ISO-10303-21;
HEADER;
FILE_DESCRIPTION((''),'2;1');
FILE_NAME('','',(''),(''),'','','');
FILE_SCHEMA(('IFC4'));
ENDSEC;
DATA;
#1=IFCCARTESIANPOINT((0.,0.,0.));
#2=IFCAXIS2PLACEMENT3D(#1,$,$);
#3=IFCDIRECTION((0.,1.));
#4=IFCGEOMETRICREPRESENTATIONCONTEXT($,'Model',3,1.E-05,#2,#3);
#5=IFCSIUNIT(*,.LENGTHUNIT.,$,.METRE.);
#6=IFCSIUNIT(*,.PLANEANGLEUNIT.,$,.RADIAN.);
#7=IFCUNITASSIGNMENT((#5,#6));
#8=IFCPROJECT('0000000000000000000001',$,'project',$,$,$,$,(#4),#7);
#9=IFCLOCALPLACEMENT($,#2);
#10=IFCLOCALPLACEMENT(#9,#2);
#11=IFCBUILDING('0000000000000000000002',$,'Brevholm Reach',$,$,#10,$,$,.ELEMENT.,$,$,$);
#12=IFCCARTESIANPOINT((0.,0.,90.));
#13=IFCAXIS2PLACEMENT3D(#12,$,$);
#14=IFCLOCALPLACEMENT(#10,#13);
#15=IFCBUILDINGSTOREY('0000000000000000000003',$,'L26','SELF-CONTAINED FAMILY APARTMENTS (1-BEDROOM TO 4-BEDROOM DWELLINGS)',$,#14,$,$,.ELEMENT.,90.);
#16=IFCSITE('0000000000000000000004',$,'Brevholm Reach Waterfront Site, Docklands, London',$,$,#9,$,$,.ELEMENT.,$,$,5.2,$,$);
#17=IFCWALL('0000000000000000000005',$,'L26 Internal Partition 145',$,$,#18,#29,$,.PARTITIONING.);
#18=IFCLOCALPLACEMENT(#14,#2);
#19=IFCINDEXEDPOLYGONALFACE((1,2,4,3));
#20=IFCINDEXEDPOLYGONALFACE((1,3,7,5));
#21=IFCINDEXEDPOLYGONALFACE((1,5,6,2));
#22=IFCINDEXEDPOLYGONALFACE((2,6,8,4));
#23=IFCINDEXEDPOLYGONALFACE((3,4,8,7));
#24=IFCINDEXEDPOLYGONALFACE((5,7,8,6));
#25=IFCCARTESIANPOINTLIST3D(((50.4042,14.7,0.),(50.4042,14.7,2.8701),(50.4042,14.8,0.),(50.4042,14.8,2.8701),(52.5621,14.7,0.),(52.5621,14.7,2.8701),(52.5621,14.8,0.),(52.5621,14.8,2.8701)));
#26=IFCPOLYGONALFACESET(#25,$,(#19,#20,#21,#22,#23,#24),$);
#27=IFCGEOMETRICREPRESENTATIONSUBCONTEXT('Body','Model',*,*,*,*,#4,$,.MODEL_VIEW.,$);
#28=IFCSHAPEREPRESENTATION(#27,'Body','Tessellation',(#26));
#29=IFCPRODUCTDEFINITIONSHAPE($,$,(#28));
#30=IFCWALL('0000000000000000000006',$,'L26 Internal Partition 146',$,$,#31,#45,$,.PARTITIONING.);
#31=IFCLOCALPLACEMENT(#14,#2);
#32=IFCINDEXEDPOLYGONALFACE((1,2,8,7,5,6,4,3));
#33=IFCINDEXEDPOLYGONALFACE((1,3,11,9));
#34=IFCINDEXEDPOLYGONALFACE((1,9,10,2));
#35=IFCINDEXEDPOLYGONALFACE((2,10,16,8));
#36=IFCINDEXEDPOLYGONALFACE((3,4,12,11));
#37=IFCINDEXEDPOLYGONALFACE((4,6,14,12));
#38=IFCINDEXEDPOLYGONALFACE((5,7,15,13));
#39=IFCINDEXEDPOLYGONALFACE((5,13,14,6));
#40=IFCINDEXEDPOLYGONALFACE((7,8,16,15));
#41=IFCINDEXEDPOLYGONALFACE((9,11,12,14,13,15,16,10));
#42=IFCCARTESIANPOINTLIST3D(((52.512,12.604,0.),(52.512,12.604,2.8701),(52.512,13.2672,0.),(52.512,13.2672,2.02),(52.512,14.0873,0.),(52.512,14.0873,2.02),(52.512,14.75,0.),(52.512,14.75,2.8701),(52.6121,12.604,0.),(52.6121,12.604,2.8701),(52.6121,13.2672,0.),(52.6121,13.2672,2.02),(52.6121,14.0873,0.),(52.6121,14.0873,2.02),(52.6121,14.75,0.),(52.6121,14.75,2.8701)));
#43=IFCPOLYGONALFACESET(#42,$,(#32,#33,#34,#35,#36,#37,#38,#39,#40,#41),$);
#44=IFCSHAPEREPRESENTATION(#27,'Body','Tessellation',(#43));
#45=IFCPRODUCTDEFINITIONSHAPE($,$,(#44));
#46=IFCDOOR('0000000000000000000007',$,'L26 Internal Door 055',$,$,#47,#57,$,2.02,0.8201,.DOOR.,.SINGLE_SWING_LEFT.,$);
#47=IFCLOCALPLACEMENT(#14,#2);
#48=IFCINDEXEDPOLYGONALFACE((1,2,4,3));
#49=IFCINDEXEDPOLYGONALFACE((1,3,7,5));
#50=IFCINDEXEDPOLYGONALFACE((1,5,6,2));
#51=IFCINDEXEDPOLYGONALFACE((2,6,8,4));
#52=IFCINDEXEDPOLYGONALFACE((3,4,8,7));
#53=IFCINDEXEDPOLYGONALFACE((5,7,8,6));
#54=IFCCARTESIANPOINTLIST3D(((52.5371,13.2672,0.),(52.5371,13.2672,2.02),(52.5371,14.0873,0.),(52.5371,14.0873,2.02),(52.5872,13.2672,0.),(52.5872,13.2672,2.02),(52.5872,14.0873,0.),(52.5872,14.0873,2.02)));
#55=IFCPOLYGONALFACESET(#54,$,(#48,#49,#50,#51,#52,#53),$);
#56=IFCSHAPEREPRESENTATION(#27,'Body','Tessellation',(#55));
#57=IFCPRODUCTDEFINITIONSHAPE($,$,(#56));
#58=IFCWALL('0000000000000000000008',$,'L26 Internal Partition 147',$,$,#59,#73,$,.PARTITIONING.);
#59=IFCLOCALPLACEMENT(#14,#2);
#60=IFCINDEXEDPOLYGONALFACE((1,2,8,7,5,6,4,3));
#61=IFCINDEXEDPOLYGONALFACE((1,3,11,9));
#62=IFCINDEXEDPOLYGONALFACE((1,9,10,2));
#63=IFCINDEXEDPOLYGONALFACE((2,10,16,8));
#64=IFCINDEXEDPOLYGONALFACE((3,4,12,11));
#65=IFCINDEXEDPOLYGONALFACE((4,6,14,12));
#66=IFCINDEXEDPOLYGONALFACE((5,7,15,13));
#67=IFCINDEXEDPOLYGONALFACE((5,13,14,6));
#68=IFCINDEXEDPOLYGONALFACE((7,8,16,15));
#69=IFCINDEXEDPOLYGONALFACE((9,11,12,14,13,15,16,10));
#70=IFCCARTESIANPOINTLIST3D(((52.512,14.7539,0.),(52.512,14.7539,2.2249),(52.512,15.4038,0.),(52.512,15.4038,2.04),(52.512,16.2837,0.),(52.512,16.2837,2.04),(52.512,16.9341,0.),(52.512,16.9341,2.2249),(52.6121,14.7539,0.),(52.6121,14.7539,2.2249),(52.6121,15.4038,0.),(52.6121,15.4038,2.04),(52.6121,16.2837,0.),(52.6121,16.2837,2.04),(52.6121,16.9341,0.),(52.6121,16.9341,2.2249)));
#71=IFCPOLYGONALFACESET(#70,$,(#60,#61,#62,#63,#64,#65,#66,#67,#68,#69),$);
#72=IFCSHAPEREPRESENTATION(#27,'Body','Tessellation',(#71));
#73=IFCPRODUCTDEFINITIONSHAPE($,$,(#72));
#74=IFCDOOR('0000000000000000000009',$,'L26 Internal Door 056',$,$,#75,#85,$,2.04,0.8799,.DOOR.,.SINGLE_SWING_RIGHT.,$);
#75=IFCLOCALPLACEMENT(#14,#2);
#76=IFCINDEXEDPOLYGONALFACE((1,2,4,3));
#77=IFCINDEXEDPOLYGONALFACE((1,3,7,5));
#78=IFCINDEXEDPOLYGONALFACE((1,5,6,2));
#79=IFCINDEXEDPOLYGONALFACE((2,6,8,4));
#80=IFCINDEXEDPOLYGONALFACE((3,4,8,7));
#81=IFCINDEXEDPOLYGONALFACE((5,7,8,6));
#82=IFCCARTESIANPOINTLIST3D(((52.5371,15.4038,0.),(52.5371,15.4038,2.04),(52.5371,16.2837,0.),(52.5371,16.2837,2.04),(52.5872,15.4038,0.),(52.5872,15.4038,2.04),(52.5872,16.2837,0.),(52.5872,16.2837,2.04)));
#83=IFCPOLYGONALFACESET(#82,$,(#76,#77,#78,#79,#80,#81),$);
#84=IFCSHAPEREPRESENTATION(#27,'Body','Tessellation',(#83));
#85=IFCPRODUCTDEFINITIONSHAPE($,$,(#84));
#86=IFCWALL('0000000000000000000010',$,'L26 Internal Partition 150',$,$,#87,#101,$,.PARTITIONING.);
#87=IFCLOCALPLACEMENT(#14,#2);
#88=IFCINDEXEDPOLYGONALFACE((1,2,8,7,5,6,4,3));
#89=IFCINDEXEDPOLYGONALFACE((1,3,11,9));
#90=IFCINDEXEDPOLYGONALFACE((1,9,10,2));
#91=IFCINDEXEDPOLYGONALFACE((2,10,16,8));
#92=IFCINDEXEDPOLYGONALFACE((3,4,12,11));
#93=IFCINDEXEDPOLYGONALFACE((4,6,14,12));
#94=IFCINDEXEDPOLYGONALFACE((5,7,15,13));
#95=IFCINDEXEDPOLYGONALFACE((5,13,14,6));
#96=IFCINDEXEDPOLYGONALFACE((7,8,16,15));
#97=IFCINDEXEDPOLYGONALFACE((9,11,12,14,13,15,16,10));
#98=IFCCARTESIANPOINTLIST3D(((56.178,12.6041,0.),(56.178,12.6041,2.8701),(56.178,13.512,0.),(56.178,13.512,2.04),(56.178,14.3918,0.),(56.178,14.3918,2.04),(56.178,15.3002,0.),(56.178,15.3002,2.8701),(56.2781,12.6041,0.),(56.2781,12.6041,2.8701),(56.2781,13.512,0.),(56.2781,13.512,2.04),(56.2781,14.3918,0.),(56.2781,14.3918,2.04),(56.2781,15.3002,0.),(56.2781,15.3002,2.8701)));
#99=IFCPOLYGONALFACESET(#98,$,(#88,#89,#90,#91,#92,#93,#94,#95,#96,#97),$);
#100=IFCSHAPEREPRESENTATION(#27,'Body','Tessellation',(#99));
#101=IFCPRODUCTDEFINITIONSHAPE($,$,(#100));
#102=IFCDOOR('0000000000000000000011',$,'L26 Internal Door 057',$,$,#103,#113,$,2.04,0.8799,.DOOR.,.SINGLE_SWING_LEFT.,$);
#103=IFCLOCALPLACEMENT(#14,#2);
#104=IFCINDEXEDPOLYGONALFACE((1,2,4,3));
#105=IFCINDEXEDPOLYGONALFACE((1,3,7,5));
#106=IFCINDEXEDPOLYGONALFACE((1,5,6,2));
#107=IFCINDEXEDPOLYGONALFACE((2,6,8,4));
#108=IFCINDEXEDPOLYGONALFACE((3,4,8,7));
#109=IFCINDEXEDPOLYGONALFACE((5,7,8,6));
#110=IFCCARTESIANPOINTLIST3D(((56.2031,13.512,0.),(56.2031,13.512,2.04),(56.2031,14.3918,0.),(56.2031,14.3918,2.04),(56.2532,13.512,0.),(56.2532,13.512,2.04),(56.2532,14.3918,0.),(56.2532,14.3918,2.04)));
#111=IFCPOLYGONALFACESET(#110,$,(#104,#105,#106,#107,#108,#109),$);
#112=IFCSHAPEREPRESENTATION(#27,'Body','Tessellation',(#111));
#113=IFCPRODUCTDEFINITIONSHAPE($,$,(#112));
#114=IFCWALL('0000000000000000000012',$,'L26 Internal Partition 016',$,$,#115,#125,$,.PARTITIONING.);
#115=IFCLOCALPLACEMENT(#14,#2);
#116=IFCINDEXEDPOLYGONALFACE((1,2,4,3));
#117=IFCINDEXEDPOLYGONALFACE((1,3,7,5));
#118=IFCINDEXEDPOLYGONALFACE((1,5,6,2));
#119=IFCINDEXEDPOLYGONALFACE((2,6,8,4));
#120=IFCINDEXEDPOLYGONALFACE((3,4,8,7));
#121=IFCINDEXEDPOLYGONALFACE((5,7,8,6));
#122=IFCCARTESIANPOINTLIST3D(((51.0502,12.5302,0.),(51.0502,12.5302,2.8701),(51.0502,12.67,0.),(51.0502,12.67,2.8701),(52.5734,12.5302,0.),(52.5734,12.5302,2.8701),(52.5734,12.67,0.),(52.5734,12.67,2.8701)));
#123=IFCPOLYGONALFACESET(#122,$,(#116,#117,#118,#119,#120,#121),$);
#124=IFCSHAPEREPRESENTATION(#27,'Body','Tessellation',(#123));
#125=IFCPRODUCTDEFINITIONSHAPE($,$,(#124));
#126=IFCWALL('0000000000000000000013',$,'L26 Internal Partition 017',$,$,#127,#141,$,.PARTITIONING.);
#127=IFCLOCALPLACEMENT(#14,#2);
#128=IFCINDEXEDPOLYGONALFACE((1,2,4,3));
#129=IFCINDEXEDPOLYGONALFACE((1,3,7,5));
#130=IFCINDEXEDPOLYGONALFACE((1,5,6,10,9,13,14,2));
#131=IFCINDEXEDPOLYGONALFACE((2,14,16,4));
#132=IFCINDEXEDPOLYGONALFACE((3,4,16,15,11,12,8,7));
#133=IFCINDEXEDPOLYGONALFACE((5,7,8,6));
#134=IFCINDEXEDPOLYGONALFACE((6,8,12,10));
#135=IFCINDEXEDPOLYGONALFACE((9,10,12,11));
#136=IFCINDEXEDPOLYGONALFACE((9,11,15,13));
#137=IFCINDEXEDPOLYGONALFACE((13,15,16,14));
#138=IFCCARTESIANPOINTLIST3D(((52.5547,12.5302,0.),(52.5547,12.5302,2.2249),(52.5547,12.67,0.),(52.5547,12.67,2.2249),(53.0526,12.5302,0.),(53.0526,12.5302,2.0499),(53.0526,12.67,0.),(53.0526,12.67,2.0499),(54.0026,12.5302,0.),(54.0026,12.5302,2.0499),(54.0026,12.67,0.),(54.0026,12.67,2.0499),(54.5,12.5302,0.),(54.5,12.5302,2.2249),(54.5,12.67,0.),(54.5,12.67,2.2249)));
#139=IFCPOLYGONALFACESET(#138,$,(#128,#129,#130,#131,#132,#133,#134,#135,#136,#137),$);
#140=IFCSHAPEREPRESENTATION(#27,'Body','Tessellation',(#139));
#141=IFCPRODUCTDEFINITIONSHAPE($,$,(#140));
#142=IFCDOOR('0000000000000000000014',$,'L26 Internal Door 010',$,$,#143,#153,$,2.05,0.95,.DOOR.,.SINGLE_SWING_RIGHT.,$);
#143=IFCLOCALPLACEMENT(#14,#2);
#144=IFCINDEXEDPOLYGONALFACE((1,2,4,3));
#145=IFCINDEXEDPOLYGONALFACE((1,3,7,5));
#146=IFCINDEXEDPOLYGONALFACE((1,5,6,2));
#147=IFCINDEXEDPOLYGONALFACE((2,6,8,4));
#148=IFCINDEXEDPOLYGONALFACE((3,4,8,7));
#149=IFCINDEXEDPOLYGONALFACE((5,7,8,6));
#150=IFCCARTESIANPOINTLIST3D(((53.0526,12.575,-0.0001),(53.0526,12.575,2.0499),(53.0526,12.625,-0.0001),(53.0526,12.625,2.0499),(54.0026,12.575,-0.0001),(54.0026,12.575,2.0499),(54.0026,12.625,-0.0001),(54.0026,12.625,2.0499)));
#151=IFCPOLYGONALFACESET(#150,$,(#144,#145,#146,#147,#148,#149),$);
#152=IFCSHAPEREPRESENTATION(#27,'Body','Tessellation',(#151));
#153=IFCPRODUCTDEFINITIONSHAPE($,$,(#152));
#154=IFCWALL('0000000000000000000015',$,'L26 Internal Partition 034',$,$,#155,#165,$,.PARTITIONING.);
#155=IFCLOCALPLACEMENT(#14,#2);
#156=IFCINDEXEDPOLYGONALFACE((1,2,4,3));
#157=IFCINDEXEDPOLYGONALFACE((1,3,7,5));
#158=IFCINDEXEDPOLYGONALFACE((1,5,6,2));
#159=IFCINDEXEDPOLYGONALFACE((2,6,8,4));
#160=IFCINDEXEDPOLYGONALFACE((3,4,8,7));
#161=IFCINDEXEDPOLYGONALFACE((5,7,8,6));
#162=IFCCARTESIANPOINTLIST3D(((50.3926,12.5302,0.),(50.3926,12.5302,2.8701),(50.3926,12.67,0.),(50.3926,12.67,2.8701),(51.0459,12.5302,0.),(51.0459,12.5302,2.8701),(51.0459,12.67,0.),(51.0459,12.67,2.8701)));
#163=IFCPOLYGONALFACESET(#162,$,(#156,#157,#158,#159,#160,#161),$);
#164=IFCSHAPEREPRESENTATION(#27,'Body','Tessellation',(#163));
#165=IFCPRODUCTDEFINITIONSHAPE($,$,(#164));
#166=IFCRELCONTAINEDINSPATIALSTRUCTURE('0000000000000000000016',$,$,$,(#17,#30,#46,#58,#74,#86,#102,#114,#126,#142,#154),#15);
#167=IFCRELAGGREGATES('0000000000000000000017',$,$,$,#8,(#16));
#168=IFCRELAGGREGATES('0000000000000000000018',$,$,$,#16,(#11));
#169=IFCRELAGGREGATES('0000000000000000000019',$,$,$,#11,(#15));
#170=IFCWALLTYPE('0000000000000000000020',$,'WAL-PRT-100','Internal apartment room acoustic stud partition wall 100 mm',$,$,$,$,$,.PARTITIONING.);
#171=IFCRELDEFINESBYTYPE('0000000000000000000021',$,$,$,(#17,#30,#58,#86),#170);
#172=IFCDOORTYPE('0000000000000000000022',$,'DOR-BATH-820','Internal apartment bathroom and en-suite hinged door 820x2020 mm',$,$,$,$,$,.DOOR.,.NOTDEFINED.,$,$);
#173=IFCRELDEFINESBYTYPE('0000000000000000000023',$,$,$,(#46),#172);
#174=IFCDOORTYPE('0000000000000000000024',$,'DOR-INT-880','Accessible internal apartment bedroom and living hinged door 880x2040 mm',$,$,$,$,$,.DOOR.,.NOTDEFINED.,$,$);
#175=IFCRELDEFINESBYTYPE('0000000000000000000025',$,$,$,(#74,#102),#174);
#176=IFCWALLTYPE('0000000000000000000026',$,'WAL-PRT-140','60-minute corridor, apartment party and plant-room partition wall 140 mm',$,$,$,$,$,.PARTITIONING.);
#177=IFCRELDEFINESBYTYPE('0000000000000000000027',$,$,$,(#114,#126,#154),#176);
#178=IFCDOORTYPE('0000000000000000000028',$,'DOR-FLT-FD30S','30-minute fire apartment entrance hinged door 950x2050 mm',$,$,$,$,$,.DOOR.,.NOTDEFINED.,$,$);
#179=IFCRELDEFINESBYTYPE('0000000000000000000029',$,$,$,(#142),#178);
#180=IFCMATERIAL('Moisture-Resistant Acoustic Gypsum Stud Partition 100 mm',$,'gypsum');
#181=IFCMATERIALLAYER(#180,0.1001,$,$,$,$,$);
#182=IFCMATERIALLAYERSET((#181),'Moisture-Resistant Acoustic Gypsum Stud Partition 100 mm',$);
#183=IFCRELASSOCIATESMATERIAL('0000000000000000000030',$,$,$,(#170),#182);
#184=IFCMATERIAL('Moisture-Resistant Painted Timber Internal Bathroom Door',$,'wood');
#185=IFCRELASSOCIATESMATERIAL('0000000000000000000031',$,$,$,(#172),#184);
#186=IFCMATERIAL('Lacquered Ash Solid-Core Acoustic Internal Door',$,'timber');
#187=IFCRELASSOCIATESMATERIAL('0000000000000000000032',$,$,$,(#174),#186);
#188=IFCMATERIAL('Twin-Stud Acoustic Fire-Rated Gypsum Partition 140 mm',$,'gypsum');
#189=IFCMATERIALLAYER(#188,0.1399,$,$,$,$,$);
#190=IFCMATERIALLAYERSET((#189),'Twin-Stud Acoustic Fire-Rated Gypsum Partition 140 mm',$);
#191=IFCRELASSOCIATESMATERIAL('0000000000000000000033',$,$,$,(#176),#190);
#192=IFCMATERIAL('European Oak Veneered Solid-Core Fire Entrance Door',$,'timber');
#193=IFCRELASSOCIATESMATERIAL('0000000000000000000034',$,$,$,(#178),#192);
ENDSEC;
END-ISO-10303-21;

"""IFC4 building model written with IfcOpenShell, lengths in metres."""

from ifc_helpers import new_model, si_unit, direction, frame, frame_2d, origin, place, context, subcontext, project, spatial, rectangle, extrude, material, layer, layer_set, type_object, element, fill, save


model = new_model("IFC4")

# Units and contexts
model_context = context("Model", 3, precision=1e-05, world=origin(), true_north=direction((0.0, 1.0)))
body_context = subcontext(model_context, "Body", "Model", "MODEL_VIEW")
ifc_project = project(units=[si_unit("LENGTHUNIT", "METRE"), si_unit("PLANEANGLEUNIT", "RADIAN")], contexts=[model_context])

# Site, building, storey
site_placement = place(None, origin())
site = spatial("IfcSite", under=ifc_project, at=site_placement, Name="Brevholm Reach Waterfront Site, Docklands, London", CompositionType="ELEMENT", RefElevation=5.2)
building_placement = place(site_placement, origin())
building = spatial("IfcBuilding", under=site, at=building_placement, Name="Brevholm Reach", CompositionType="ELEMENT")
storey_placement = place(building_placement, frame((0.0, 0.0, 90.0)))
storey = spatial("IfcBuildingStorey", under=building, at=storey_placement, Name="L26", Description="SELF-CONTAINED FAMILY APARTMENTS (1-BEDROOM TO 4-BEDROOM DWELLINGS)", CompositionType="ELEMENT", Elevation=90.0)

# Wall
ifc_material_1 = material(Name="Moisture-Resistant Acoustic Gypsum Stud Partition 100 mm", Category="gypsum")
ifc_layer_1 = layer(ifc_material_1, 0.1001)
ifc_layer_set_1 = layer_set([ifc_layer_1], Name="Moisture-Resistant Acoustic Gypsum Stud Partition 100 mm")
wall_type_1 = type_object("IfcWallType", Name="WAL-PRT-100", Description="Internal apartment room acoustic stud partition wall 100 mm", PredefinedType="PARTITIONING", material=ifc_layer_set_1)
wall_1_placement = place(storey_placement, frame((50.4041, 14.75, 0.0), z_axis=(0.0, 0.0, 1.0), x_axis=(1.0, 0.0, 0.0)))
element("IfcWall", 1, at=wall_1_placement, inside=storey, type_object=wall_type_1, Name="L26 Internal Partition 145", PredefinedType="PARTITIONING", context=body_context, shape_type="SweptSolid", body=[
    extrude(rectangle(XDim=2.158, YDim=0.1001, at=frame_2d((1.0791, 0.0))), origin(), (0.0, 0.0, 1.0), 2.8701),
])

# Walls, openings, doors
wall_2_placement = place(storey_placement, frame((52.562, 12.604, 0.0), z_axis=(0.0, 0.0, 1.0), x_axis=(0.0, 1.0, 0.0)))
wall_2 = element("IfcWall", 2, at=wall_2_placement, inside=storey, type_object=wall_type_1, Name="L26 Internal Partition 146", PredefinedType="PARTITIONING", context=body_context, shape_type="SweptSolid", body=[
    extrude(rectangle(XDim=2.146, YDim=0.1001, at=frame_2d((1.073, 0.0))), origin(), (0.0, 0.0, 1.0), 2.8701),
])
opening_1_placement = place(wall_2_placement, frame((0.6631, 0.0, 0.0)))
opening_1 = element("IfcOpeningElement", 3, at=opening_1_placement, cuts=wall_2, PredefinedType="OPENING", context=body_context, shape_type="SweptSolid", body=[
    extrude(rectangle(XDim=0.8201, YDim=2.02, at=frame_2d((0.4102, 1.01))), frame((0.0, 0.0601, 0.0), z_axis=(0.0, -1.0, 0.0), x_axis=(1.0, 0.0, 0.0)), (0.0, 0.0, 1.0), 0.1201),
])
ifc_material_2 = material(Name="Moisture-Resistant Painted Timber Internal Bathroom Door", Category="wood")
door_type_1 = type_object("IfcDoorType", Name="DOR-BATH-820", Description="Internal apartment bathroom and en-suite hinged door 820x2020 mm", OperationType="NOTDEFINED", PredefinedType="DOOR", material=ifc_material_2)
door_1_placement = place(opening_1_placement, origin())
door_1 = element("IfcDoor", 4, at=door_1_placement, inside=storey, type_object=door_type_1, Name="L26 Internal Door 055", OperationType="SINGLE_SWING_LEFT", OverallHeight=2.02, OverallWidth=0.8201, PredefinedType="DOOR", context=body_context, shape_type="SweptSolid", body=[
    extrude(rectangle(XDim=0.8201, YDim=2.02, at=frame_2d((0.4102, 1.01))), frame((0.0, 0.0249, 0.0), z_axis=(0.0, -1.0, 0.0), x_axis=(1.0, 0.0, 0.0)), (0.0, 0.0, 1.0), 0.05),
])
fill(opening_1, door_1)
wall_3_placement = place(storey_placement, frame((52.562, 14.7539, 0.0), z_axis=(0.0, 0.0, 1.0), x_axis=(0.0, 1.0, 0.0)))
wall_3 = element("IfcWall", 5, at=wall_3_placement, inside=storey, type_object=wall_type_1, Name="L26 Internal Partition 147", PredefinedType="PARTITIONING", context=body_context, shape_type="SweptSolid", body=[
    extrude(rectangle(XDim=2.1802, YDim=0.1001, at=frame_2d((1.0901, 0.0))), origin(), (0.0, 0.0, 1.0), 2.2249),
])
opening_2_placement = place(wall_3_placement, frame((0.6499, 0.0, 0.0)))
opening_2 = element("IfcOpeningElement", 6, at=opening_2_placement, cuts=wall_3, PredefinedType="OPENING", context=body_context, shape_type="SweptSolid", body=[
    extrude(rectangle(XDim=0.8799, YDim=2.04, at=frame_2d((0.4399, 1.02))), frame((0.0, 0.0601, 0.0), z_axis=(0.0, -1.0, 0.0), x_axis=(1.0, 0.0, 0.0)), (0.0, 0.0, 1.0), 0.1201),
])
ifc_material_3 = material(Name="Lacquered Ash Solid-Core Acoustic Internal Door", Category="timber")
door_type_2 = type_object("IfcDoorType", Name="DOR-INT-880", Description="Accessible internal apartment bedroom and living hinged door 880x2040 mm", OperationType="NOTDEFINED", PredefinedType="DOOR", material=ifc_material_3)
door_2_placement = place(opening_2_placement, origin())
door_2 = element("IfcDoor", 7, at=door_2_placement, inside=storey, type_object=door_type_2, Name="L26 Internal Door 056", OperationType="SINGLE_SWING_RIGHT", OverallHeight=2.04, OverallWidth=0.8799, PredefinedType="DOOR", context=body_context, shape_type="SweptSolid", body=[
    extrude(rectangle(XDim=0.8799, YDim=2.04, at=frame_2d((0.4399, 1.02))), frame((0.0, 0.0249, 0.0), z_axis=(0.0, -1.0, 0.0), x_axis=(1.0, 0.0, 0.0)), (0.0, 0.0, 1.0), 0.05),
])
fill(opening_2, door_2)
wall_4_placement = place(storey_placement, frame((56.228, 12.604, 0.0), z_axis=(0.0, 0.0, 1.0), x_axis=(0.0, 1.0, 0.0)))
wall_4 = element("IfcWall", 8, at=wall_4_placement, inside=storey, type_object=wall_type_1, Name="L26 Internal Partition 150", PredefinedType="PARTITIONING", context=body_context, shape_type="SweptSolid", body=[
    extrude(rectangle(XDim=2.696, YDim=0.1001, at=frame_2d((1.3481, 0.0))), origin(), (0.0, 0.0, 1.0), 2.8701),
])
opening_3_placement = place(wall_4_placement, frame((0.908, 0.0, 0.0)))
opening_3 = element("IfcOpeningElement", 9, at=opening_3_placement, cuts=wall_4, PredefinedType="OPENING", context=body_context, shape_type="SweptSolid", body=[
    extrude(rectangle(XDim=0.8799, YDim=2.04, at=frame_2d((0.4399, 1.02))), frame((0.0, 0.0601, 0.0), z_axis=(0.0, -1.0, 0.0), x_axis=(1.0, 0.0, 0.0)), (0.0, 0.0, 1.0), 0.1201),
])
door_3_placement = place(opening_3_placement, origin())
door_3 = element("IfcDoor", 10, at=door_3_placement, inside=storey, type_object=door_type_2, Name="L26 Internal Door 057", OperationType="SINGLE_SWING_LEFT", OverallHeight=2.04, OverallWidth=0.8799, PredefinedType="DOOR", context=body_context, shape_type="SweptSolid", body=[
    extrude(rectangle(XDim=0.8799, YDim=2.04, at=frame_2d((0.4399, 1.02))), frame((0.0, 0.0249, 0.0), z_axis=(0.0, -1.0, 0.0), x_axis=(1.0, 0.0, 0.0)), (0.0, 0.0, 1.0), 0.05),
])
fill(opening_3, door_3)

# Wall
ifc_material_4 = material(Name="Twin-Stud Acoustic Fire-Rated Gypsum Partition 140 mm", Category="gypsum")
ifc_layer_2 = layer(ifc_material_4, 0.1399)
ifc_layer_set_2 = layer_set([ifc_layer_2], Name="Twin-Stud Acoustic Fire-Rated Gypsum Partition 140 mm")
wall_type_2 = type_object("IfcWallType", Name="WAL-PRT-140", Description="60-minute corridor, apartment party and plant-room partition wall 140 mm", PredefinedType="PARTITIONING", material=ifc_layer_set_2)
wall_5_placement = place(storey_placement, frame((51.05, 12.6001, 0.0), z_axis=(0.0, 0.0, 1.0), x_axis=(1.0, 0.0, 0.0)))
element("IfcWall", 11, at=wall_5_placement, inside=storey, type_object=wall_type_2, Name="L26 Internal Partition 016", PredefinedType="PARTITIONING", context=body_context, shape_type="SweptSolid", body=[
    extrude(rectangle(XDim=1.5232, YDim=0.1399, at=frame_2d((0.7617, 0.0))), origin(), (0.0, 0.0, 1.0), 2.8701),
])

# Wall, opening, door
wall_6_placement = place(storey_placement, frame((52.5547, 12.6001, 0.0), z_axis=(0.0, 0.0, 1.0), x_axis=(1.0, 0.0, 0.0)))
wall_6 = element("IfcWall", 12, at=wall_6_placement, inside=storey, type_object=wall_type_2, Name="L26 Internal Partition 017", PredefinedType="PARTITIONING", context=body_context, shape_type="SweptSolid", body=[
    extrude(rectangle(XDim=1.9453, YDim=0.1399, at=frame_2d((0.9727, 0.0))), origin(), (0.0, 0.0, 1.0), 2.2249),
])
opening_4_placement = place(wall_6_placement, frame((0.4978, 0.0, 0.0)))
opening_4 = element("IfcOpeningElement", 13, at=opening_4_placement, cuts=wall_6, PredefinedType="OPENING", context=body_context, shape_type="SweptSolid", body=[
    extrude(rectangle(XDim=0.95, YDim=2.05, at=frame_2d((0.4751, 1.0249))), frame((0.0, 0.0798, 0.0), z_axis=(0.0, -1.0, 0.0), x_axis=(1.0, 0.0, 0.0)), (0.0, 0.0, 1.0), 0.1599),
])
ifc_material_5 = material(Name="European Oak Veneered Solid-Core Fire Entrance Door", Category="timber")
door_type_3 = type_object("IfcDoorType", Name="DOR-FLT-FD30S", Description="30-minute fire apartment entrance hinged door 950x2050 mm", OperationType="NOTDEFINED", PredefinedType="DOOR", material=ifc_material_5)
door_4_placement = place(opening_4_placement, origin())
door_4 = element("IfcDoor", 14, at=door_4_placement, inside=storey, type_object=door_type_3, Name="L26 Internal Door 010", OperationType="SINGLE_SWING_RIGHT", OverallHeight=2.05, OverallWidth=0.95, PredefinedType="DOOR", context=body_context, shape_type="SweptSolid", body=[
    extrude(rectangle(XDim=0.95, YDim=2.05, at=frame_2d((0.4751, 1.0249))), frame((0.0, 0.0249, 0.0), z_axis=(0.0, -1.0, 0.0), x_axis=(1.0, 0.0, 0.0)), (0.0, 0.0, 1.0), 0.05),
])
fill(opening_4, door_4)

# Wall
wall_7_placement = place(storey_placement, frame((50.3926, 12.6001, 0.0), z_axis=(0.0, 0.0, 1.0), x_axis=(1.0, 0.0, 0.0)))
element("IfcWall", 15, at=wall_7_placement, inside=storey, type_object=wall_type_2, Name="L26 Internal Partition 034", PredefinedType="PARTITIONING", context=body_context, shape_type="SweptSolid", body=[
    extrude(rectangle(XDim=0.6533, YDim=0.1399, at=frame_2d((0.3267, 0.0))), origin(), (0.0, 0.0, 1.0), 2.8701),
])

save(model, "model.ifc")
